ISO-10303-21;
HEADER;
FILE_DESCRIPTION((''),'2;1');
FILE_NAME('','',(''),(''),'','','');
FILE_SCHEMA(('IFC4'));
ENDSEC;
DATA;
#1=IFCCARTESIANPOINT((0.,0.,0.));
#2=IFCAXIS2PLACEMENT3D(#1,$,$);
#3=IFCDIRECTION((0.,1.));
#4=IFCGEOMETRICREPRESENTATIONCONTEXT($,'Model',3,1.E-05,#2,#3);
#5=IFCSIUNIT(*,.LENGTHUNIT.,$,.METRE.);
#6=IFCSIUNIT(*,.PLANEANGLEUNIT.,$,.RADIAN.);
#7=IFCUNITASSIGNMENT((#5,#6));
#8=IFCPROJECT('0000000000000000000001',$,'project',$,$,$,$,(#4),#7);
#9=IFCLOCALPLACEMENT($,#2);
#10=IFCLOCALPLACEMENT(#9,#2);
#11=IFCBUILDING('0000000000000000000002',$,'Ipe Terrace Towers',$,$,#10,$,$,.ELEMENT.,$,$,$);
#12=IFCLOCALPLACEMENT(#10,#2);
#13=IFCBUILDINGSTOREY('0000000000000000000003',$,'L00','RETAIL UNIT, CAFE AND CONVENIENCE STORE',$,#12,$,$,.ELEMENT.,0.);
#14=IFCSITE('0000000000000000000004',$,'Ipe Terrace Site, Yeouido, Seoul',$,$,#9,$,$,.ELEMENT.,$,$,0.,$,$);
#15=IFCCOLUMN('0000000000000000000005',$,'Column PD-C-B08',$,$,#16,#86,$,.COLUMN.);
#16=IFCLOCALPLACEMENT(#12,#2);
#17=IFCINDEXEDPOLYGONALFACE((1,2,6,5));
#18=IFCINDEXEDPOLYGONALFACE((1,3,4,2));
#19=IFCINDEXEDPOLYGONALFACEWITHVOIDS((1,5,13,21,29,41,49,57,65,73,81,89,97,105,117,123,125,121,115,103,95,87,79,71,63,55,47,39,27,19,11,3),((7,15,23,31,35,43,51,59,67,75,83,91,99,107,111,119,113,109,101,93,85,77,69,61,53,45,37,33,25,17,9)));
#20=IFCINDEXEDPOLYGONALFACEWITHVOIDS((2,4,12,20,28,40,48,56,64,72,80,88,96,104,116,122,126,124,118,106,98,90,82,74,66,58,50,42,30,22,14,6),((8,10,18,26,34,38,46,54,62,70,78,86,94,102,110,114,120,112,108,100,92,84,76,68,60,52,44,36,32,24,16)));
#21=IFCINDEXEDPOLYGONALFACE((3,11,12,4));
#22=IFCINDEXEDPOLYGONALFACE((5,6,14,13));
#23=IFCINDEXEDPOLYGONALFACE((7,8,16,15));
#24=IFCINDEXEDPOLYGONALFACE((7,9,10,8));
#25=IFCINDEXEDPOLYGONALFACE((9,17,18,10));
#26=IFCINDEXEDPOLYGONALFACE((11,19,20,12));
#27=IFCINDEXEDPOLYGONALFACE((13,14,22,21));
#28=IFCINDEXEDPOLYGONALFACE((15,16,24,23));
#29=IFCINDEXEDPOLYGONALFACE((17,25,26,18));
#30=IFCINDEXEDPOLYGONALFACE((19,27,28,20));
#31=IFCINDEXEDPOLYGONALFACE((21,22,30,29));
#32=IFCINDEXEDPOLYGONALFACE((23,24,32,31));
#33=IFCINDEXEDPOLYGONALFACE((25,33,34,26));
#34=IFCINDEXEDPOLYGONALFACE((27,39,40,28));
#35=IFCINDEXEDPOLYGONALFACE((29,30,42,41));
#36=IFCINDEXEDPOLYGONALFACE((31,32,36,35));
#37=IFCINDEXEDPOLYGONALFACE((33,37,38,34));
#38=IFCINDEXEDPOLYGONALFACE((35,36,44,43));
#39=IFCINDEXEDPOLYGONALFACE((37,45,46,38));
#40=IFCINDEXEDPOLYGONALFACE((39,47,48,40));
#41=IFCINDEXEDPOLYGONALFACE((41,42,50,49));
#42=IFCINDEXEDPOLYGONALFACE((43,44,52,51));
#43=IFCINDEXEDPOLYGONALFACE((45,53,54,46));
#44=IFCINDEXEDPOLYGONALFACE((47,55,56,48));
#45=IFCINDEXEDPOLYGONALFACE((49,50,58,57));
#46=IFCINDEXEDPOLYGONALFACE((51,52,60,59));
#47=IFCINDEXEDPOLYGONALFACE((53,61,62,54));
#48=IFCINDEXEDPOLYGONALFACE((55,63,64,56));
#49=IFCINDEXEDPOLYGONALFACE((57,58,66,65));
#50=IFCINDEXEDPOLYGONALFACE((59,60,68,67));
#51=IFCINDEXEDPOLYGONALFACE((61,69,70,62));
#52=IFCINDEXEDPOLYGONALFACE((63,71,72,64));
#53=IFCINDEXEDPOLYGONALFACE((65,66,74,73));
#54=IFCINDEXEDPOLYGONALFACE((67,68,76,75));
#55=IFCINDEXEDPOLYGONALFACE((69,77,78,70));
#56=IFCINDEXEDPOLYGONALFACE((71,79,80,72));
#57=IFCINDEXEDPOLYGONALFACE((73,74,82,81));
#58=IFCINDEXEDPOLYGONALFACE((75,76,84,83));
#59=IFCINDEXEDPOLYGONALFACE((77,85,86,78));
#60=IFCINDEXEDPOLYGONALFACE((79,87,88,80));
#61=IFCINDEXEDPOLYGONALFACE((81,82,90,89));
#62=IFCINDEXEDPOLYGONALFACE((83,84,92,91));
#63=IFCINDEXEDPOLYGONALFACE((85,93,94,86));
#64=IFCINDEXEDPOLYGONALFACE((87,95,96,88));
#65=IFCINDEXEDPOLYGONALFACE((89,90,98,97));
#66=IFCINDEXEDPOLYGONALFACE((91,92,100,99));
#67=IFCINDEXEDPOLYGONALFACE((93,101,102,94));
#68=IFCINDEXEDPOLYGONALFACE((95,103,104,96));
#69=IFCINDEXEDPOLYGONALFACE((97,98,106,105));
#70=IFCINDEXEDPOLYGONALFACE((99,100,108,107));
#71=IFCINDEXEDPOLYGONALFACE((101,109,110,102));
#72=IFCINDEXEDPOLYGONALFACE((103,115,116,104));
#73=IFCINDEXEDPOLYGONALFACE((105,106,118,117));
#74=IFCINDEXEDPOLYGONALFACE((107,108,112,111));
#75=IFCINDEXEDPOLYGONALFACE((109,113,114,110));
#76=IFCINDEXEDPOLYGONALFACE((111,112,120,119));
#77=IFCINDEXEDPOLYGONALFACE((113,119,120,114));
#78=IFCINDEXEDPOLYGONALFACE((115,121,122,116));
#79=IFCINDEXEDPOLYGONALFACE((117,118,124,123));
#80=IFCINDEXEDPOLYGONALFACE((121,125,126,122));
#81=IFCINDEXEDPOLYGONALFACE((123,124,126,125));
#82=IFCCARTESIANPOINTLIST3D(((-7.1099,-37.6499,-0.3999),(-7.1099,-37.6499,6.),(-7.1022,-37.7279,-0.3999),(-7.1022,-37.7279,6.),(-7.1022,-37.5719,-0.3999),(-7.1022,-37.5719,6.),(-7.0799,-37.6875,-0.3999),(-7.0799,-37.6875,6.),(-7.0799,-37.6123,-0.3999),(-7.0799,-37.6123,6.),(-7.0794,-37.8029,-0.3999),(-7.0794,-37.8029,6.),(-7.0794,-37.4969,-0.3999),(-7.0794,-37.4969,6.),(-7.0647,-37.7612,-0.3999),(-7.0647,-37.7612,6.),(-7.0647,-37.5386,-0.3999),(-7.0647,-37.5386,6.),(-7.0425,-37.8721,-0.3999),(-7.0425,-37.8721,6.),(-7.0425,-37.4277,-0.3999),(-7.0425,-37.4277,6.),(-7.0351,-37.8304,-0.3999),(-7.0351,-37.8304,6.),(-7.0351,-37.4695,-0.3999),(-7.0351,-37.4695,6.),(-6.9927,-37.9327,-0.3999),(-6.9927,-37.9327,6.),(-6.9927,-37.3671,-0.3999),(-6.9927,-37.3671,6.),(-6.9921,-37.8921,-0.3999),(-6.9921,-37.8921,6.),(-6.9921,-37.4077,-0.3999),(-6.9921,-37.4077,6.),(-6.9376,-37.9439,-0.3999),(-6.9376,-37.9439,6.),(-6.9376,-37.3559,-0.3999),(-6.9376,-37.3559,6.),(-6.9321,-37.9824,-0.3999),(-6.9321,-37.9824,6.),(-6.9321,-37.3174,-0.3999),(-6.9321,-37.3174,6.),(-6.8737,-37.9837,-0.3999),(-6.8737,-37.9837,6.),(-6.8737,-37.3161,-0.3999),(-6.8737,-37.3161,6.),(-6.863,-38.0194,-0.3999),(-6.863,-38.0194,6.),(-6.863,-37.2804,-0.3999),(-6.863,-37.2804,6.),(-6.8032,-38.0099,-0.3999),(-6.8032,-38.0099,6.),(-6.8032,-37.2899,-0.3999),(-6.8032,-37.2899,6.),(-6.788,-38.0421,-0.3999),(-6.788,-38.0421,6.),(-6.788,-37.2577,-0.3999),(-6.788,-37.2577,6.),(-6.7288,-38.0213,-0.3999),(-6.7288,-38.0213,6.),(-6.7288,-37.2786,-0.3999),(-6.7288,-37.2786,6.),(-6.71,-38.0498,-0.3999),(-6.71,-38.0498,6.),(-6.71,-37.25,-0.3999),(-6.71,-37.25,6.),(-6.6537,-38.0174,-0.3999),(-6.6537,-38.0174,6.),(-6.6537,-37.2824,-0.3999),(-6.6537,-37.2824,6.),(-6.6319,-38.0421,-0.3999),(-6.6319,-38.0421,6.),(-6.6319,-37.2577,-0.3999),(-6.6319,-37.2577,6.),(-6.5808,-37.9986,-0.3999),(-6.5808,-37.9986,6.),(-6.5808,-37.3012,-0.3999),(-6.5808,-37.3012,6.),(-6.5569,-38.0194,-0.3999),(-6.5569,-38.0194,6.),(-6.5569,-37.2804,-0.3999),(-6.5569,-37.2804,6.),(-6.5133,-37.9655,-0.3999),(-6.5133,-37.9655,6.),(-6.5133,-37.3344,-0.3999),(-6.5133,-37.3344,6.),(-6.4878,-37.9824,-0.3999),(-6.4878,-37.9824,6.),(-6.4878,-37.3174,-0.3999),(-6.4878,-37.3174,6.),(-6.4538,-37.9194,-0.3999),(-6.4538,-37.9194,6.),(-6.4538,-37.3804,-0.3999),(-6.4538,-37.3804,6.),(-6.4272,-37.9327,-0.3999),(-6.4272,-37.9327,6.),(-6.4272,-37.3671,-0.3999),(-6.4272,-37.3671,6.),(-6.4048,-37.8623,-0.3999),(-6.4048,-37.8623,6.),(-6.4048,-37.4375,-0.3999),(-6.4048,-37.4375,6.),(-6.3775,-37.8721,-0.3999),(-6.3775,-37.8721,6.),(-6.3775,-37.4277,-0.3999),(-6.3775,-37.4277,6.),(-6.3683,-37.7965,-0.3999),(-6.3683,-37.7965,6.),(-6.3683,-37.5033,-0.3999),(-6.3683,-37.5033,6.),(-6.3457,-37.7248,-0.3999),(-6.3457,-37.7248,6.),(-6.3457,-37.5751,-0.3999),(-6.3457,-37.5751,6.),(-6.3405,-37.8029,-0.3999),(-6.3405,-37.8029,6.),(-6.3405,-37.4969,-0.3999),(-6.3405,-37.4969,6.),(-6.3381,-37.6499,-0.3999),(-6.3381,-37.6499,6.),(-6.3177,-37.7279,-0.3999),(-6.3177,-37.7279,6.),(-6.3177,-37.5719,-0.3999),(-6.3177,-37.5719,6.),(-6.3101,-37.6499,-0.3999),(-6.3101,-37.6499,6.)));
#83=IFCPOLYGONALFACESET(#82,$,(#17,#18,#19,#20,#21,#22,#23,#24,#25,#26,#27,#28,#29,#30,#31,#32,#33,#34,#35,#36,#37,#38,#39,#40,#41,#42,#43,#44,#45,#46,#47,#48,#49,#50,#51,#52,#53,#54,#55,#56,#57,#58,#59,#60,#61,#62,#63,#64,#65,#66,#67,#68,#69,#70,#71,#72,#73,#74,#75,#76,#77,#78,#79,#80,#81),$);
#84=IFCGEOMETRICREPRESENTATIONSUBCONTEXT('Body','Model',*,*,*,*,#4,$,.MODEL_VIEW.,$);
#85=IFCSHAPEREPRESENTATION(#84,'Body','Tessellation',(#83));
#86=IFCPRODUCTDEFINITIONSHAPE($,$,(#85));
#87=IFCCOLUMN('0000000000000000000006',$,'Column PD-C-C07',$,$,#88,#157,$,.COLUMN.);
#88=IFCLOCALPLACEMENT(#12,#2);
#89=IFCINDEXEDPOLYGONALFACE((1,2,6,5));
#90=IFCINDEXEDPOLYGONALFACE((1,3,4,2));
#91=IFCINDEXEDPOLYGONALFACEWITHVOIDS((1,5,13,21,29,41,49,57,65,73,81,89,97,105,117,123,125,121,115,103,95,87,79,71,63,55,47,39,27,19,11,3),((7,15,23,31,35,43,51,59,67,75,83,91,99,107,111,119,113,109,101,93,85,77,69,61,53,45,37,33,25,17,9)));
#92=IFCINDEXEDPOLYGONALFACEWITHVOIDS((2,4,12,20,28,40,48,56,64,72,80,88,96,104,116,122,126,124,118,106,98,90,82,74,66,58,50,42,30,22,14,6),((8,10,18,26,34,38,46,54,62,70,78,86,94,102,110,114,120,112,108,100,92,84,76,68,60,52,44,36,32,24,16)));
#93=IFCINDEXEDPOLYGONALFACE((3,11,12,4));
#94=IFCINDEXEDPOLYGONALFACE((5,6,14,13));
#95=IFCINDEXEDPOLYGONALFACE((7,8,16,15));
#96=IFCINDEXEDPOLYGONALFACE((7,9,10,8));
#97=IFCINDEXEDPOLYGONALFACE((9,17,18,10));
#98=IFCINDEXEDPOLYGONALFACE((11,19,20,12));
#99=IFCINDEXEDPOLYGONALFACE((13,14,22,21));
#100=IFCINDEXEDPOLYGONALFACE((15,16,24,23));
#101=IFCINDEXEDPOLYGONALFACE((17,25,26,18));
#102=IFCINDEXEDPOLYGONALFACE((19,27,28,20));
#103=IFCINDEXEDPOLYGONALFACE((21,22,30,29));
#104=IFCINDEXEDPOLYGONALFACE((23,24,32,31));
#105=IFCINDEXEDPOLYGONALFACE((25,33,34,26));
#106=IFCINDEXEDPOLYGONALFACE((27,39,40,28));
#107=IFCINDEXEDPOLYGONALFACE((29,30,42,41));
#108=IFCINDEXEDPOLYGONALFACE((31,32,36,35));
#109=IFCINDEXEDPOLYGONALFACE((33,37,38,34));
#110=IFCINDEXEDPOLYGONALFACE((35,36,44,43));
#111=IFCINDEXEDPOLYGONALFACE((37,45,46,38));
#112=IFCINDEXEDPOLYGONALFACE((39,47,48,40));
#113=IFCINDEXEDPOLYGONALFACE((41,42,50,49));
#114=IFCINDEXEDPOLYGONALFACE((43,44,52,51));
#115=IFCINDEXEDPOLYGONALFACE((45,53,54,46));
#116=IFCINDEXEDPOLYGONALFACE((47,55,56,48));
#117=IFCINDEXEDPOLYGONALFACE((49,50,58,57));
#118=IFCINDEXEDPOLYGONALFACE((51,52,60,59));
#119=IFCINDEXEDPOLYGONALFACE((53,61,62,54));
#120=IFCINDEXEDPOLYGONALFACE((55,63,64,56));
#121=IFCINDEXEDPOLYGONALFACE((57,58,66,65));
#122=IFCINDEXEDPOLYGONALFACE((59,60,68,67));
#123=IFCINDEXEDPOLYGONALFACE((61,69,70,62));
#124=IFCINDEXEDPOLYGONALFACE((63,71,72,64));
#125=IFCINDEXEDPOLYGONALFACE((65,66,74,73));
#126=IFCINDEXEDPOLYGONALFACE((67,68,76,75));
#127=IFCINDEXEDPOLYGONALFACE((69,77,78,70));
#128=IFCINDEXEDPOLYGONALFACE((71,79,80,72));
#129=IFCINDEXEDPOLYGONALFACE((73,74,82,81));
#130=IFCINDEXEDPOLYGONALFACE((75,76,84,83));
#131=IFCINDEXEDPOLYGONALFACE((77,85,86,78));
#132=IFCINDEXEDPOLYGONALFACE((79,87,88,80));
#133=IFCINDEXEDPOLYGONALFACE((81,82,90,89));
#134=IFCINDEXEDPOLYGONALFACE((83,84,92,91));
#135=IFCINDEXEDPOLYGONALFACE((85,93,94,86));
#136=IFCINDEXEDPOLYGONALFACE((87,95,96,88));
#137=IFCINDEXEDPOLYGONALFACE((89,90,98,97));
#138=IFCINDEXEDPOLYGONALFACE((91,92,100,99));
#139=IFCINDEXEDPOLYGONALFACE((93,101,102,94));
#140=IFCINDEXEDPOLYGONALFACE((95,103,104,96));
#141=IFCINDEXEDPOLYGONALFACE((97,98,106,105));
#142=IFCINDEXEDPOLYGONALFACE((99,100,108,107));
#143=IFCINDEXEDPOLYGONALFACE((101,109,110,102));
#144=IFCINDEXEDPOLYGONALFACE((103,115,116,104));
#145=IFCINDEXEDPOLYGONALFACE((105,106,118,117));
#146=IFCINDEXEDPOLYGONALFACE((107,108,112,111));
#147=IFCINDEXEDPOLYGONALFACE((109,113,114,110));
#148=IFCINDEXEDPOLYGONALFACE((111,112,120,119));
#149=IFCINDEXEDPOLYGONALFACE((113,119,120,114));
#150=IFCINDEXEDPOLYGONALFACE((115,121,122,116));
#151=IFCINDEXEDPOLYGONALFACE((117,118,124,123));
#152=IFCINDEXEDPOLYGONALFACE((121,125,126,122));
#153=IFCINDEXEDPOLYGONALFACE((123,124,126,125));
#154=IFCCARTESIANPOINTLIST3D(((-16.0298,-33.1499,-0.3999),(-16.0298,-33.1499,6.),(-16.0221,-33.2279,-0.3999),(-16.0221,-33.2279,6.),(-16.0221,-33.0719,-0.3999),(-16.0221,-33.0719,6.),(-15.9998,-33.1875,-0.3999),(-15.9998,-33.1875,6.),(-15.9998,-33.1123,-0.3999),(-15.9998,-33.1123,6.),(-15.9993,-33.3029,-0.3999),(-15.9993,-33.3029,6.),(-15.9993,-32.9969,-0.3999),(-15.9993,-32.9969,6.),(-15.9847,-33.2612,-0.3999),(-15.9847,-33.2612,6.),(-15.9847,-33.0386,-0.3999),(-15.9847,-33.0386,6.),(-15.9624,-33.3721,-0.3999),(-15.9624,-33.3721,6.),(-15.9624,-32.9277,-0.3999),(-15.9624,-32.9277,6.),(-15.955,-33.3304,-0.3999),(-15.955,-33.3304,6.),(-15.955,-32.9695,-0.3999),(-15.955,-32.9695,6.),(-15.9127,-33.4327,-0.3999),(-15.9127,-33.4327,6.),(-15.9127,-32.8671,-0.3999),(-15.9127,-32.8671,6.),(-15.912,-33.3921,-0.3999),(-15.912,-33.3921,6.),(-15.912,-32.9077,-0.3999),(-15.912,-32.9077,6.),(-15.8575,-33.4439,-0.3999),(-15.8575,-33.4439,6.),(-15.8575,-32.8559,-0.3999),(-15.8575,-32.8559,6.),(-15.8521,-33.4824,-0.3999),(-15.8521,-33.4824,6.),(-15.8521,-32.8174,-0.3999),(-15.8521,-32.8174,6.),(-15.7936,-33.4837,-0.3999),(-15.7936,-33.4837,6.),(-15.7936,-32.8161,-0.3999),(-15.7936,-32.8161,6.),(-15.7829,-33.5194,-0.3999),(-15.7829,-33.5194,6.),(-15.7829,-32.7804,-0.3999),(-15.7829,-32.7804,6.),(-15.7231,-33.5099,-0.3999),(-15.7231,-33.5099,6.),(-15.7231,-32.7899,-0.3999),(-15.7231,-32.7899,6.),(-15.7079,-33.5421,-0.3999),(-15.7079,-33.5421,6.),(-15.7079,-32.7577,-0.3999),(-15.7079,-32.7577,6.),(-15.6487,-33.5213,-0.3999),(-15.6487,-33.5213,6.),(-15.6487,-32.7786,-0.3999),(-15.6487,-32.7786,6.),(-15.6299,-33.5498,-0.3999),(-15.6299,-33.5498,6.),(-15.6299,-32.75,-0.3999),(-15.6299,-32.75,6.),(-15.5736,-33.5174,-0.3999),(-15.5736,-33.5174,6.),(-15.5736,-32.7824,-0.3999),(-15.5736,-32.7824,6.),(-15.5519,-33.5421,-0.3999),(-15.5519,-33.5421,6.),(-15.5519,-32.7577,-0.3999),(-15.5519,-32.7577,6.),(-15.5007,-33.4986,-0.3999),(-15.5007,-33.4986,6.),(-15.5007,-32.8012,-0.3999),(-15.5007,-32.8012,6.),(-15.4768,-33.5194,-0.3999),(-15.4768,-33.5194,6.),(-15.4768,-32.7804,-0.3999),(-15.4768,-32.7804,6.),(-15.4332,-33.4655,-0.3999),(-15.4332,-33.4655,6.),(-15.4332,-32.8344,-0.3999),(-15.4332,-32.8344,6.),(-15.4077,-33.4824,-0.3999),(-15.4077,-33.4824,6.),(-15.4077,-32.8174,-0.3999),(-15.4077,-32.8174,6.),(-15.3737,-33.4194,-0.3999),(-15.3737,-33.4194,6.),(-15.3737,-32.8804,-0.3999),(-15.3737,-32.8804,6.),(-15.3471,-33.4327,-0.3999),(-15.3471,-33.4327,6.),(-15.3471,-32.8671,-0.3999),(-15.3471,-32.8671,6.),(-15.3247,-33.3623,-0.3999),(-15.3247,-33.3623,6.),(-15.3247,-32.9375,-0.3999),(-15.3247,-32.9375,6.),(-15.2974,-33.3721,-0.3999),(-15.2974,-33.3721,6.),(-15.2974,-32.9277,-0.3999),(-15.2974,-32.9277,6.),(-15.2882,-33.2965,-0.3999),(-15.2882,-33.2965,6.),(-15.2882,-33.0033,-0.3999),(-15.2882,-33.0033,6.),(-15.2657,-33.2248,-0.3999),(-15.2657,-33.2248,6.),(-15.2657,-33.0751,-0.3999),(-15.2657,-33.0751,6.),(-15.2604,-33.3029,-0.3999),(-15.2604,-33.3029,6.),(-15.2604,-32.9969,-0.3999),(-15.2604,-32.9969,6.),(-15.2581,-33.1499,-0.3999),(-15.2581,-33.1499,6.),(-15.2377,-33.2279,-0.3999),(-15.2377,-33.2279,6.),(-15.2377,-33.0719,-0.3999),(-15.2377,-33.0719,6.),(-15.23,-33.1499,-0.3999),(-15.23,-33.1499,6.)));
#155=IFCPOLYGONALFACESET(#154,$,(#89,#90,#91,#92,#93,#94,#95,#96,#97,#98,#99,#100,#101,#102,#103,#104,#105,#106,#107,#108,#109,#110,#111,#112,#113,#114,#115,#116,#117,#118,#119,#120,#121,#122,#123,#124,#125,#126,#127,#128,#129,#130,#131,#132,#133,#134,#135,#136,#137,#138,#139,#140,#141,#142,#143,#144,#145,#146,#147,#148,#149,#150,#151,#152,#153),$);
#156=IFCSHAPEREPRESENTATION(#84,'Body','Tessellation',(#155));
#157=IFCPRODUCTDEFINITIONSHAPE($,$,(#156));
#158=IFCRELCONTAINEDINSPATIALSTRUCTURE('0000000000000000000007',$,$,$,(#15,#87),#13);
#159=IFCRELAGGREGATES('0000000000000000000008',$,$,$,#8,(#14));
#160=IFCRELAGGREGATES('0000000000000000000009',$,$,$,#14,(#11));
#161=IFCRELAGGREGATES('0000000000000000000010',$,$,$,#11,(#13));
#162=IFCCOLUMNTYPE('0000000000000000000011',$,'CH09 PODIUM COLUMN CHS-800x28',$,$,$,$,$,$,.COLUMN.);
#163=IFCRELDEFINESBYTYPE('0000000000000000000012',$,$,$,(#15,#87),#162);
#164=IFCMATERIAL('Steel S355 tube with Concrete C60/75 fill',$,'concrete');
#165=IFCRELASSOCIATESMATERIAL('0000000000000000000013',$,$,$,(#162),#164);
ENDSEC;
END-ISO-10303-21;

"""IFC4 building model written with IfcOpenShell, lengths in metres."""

from ifc_helpers import new_model, si_unit, direction, frame, origin, origin_2d, place, context, subcontext, project, spatial, hollow_circle, extrude, material, material_profile, profile_set, type_object, element, save


model = new_model("IFC4")

# Units and contexts
model_context = context("Model", 3, precision=1e-05, world=origin(), true_north=direction((0.0, 1.0)))
body_context = subcontext(model_context, "Body", "Model", "MODEL_VIEW")
ifc_project = project(units=[si_unit("LENGTHUNIT", "METRE"), si_unit("PLANEANGLEUNIT", "RADIAN")], contexts=[model_context])

# Site, building, storey
site_placement = place(None, origin())
site = spatial("IfcSite", under=ifc_project, at=site_placement, Name="Ipe Terrace Site, Yeouido, Seoul", CompositionType="ELEMENT", RefElevation=0.0)
building_placement = place(site_placement, origin())
building = spatial("IfcBuilding", under=site, at=building_placement, Name="Ipe Terrace Towers", CompositionType="ELEMENT")
storey_placement = place(building_placement, origin())
storey = spatial("IfcBuildingStorey", under=building, at=storey_placement, Name="L00", Description="RETAIL UNIT, CAFE AND CONVENIENCE STORE", CompositionType="ELEMENT", Elevation=0.0)

# Columns
ifc_material_1 = material(Name="Steel S355 tube with Concrete C60/75 fill", Category="concrete")
ifc_material_profile_1 = material_profile(ifc_material_1, hollow_circle(Radius=0.3999, WallThickness=0.0281, at=origin_2d()), Name="CHS-800x28")
ifc_profile_set_1 = profile_set([ifc_material_profile_1], Name="Steel S355 tube with Concrete C60/75 fill")
column_type_1 = type_object("IfcColumnType", Name="CH09 PODIUM COLUMN CHS-800x28", PredefinedType="COLUMN", material=ifc_profile_set_1)
for number, where, z_axis, x_axis, name in (
    (1, (-6.71, -37.6499, -0.3999), (0.0, 0.0, 1.0), (1.0, 0.0, 0.0), "Column PD-C-B08"),
    (2, (-15.6299, -33.1499, -0.3999), (0.0, 0.0, 1.0), (1.0, 0.0, 0.0), "Column PD-C-C07"),
):
    element("IfcColumn", number, at=place(storey_placement, frame(where, z_axis=z_axis, x_axis=x_axis)), inside=storey, type_object=column_type_1, Name=name, PredefinedType="COLUMN", context=body_context, shape_type="SweptSolid", body=[
        extrude(hollow_circle(Radius=0.3999, WallThickness=0.0281, at=origin_2d()), origin(), (0.0, 0.0, 1.0), 6.3999),
    ])

save(model, "model.ifc")
